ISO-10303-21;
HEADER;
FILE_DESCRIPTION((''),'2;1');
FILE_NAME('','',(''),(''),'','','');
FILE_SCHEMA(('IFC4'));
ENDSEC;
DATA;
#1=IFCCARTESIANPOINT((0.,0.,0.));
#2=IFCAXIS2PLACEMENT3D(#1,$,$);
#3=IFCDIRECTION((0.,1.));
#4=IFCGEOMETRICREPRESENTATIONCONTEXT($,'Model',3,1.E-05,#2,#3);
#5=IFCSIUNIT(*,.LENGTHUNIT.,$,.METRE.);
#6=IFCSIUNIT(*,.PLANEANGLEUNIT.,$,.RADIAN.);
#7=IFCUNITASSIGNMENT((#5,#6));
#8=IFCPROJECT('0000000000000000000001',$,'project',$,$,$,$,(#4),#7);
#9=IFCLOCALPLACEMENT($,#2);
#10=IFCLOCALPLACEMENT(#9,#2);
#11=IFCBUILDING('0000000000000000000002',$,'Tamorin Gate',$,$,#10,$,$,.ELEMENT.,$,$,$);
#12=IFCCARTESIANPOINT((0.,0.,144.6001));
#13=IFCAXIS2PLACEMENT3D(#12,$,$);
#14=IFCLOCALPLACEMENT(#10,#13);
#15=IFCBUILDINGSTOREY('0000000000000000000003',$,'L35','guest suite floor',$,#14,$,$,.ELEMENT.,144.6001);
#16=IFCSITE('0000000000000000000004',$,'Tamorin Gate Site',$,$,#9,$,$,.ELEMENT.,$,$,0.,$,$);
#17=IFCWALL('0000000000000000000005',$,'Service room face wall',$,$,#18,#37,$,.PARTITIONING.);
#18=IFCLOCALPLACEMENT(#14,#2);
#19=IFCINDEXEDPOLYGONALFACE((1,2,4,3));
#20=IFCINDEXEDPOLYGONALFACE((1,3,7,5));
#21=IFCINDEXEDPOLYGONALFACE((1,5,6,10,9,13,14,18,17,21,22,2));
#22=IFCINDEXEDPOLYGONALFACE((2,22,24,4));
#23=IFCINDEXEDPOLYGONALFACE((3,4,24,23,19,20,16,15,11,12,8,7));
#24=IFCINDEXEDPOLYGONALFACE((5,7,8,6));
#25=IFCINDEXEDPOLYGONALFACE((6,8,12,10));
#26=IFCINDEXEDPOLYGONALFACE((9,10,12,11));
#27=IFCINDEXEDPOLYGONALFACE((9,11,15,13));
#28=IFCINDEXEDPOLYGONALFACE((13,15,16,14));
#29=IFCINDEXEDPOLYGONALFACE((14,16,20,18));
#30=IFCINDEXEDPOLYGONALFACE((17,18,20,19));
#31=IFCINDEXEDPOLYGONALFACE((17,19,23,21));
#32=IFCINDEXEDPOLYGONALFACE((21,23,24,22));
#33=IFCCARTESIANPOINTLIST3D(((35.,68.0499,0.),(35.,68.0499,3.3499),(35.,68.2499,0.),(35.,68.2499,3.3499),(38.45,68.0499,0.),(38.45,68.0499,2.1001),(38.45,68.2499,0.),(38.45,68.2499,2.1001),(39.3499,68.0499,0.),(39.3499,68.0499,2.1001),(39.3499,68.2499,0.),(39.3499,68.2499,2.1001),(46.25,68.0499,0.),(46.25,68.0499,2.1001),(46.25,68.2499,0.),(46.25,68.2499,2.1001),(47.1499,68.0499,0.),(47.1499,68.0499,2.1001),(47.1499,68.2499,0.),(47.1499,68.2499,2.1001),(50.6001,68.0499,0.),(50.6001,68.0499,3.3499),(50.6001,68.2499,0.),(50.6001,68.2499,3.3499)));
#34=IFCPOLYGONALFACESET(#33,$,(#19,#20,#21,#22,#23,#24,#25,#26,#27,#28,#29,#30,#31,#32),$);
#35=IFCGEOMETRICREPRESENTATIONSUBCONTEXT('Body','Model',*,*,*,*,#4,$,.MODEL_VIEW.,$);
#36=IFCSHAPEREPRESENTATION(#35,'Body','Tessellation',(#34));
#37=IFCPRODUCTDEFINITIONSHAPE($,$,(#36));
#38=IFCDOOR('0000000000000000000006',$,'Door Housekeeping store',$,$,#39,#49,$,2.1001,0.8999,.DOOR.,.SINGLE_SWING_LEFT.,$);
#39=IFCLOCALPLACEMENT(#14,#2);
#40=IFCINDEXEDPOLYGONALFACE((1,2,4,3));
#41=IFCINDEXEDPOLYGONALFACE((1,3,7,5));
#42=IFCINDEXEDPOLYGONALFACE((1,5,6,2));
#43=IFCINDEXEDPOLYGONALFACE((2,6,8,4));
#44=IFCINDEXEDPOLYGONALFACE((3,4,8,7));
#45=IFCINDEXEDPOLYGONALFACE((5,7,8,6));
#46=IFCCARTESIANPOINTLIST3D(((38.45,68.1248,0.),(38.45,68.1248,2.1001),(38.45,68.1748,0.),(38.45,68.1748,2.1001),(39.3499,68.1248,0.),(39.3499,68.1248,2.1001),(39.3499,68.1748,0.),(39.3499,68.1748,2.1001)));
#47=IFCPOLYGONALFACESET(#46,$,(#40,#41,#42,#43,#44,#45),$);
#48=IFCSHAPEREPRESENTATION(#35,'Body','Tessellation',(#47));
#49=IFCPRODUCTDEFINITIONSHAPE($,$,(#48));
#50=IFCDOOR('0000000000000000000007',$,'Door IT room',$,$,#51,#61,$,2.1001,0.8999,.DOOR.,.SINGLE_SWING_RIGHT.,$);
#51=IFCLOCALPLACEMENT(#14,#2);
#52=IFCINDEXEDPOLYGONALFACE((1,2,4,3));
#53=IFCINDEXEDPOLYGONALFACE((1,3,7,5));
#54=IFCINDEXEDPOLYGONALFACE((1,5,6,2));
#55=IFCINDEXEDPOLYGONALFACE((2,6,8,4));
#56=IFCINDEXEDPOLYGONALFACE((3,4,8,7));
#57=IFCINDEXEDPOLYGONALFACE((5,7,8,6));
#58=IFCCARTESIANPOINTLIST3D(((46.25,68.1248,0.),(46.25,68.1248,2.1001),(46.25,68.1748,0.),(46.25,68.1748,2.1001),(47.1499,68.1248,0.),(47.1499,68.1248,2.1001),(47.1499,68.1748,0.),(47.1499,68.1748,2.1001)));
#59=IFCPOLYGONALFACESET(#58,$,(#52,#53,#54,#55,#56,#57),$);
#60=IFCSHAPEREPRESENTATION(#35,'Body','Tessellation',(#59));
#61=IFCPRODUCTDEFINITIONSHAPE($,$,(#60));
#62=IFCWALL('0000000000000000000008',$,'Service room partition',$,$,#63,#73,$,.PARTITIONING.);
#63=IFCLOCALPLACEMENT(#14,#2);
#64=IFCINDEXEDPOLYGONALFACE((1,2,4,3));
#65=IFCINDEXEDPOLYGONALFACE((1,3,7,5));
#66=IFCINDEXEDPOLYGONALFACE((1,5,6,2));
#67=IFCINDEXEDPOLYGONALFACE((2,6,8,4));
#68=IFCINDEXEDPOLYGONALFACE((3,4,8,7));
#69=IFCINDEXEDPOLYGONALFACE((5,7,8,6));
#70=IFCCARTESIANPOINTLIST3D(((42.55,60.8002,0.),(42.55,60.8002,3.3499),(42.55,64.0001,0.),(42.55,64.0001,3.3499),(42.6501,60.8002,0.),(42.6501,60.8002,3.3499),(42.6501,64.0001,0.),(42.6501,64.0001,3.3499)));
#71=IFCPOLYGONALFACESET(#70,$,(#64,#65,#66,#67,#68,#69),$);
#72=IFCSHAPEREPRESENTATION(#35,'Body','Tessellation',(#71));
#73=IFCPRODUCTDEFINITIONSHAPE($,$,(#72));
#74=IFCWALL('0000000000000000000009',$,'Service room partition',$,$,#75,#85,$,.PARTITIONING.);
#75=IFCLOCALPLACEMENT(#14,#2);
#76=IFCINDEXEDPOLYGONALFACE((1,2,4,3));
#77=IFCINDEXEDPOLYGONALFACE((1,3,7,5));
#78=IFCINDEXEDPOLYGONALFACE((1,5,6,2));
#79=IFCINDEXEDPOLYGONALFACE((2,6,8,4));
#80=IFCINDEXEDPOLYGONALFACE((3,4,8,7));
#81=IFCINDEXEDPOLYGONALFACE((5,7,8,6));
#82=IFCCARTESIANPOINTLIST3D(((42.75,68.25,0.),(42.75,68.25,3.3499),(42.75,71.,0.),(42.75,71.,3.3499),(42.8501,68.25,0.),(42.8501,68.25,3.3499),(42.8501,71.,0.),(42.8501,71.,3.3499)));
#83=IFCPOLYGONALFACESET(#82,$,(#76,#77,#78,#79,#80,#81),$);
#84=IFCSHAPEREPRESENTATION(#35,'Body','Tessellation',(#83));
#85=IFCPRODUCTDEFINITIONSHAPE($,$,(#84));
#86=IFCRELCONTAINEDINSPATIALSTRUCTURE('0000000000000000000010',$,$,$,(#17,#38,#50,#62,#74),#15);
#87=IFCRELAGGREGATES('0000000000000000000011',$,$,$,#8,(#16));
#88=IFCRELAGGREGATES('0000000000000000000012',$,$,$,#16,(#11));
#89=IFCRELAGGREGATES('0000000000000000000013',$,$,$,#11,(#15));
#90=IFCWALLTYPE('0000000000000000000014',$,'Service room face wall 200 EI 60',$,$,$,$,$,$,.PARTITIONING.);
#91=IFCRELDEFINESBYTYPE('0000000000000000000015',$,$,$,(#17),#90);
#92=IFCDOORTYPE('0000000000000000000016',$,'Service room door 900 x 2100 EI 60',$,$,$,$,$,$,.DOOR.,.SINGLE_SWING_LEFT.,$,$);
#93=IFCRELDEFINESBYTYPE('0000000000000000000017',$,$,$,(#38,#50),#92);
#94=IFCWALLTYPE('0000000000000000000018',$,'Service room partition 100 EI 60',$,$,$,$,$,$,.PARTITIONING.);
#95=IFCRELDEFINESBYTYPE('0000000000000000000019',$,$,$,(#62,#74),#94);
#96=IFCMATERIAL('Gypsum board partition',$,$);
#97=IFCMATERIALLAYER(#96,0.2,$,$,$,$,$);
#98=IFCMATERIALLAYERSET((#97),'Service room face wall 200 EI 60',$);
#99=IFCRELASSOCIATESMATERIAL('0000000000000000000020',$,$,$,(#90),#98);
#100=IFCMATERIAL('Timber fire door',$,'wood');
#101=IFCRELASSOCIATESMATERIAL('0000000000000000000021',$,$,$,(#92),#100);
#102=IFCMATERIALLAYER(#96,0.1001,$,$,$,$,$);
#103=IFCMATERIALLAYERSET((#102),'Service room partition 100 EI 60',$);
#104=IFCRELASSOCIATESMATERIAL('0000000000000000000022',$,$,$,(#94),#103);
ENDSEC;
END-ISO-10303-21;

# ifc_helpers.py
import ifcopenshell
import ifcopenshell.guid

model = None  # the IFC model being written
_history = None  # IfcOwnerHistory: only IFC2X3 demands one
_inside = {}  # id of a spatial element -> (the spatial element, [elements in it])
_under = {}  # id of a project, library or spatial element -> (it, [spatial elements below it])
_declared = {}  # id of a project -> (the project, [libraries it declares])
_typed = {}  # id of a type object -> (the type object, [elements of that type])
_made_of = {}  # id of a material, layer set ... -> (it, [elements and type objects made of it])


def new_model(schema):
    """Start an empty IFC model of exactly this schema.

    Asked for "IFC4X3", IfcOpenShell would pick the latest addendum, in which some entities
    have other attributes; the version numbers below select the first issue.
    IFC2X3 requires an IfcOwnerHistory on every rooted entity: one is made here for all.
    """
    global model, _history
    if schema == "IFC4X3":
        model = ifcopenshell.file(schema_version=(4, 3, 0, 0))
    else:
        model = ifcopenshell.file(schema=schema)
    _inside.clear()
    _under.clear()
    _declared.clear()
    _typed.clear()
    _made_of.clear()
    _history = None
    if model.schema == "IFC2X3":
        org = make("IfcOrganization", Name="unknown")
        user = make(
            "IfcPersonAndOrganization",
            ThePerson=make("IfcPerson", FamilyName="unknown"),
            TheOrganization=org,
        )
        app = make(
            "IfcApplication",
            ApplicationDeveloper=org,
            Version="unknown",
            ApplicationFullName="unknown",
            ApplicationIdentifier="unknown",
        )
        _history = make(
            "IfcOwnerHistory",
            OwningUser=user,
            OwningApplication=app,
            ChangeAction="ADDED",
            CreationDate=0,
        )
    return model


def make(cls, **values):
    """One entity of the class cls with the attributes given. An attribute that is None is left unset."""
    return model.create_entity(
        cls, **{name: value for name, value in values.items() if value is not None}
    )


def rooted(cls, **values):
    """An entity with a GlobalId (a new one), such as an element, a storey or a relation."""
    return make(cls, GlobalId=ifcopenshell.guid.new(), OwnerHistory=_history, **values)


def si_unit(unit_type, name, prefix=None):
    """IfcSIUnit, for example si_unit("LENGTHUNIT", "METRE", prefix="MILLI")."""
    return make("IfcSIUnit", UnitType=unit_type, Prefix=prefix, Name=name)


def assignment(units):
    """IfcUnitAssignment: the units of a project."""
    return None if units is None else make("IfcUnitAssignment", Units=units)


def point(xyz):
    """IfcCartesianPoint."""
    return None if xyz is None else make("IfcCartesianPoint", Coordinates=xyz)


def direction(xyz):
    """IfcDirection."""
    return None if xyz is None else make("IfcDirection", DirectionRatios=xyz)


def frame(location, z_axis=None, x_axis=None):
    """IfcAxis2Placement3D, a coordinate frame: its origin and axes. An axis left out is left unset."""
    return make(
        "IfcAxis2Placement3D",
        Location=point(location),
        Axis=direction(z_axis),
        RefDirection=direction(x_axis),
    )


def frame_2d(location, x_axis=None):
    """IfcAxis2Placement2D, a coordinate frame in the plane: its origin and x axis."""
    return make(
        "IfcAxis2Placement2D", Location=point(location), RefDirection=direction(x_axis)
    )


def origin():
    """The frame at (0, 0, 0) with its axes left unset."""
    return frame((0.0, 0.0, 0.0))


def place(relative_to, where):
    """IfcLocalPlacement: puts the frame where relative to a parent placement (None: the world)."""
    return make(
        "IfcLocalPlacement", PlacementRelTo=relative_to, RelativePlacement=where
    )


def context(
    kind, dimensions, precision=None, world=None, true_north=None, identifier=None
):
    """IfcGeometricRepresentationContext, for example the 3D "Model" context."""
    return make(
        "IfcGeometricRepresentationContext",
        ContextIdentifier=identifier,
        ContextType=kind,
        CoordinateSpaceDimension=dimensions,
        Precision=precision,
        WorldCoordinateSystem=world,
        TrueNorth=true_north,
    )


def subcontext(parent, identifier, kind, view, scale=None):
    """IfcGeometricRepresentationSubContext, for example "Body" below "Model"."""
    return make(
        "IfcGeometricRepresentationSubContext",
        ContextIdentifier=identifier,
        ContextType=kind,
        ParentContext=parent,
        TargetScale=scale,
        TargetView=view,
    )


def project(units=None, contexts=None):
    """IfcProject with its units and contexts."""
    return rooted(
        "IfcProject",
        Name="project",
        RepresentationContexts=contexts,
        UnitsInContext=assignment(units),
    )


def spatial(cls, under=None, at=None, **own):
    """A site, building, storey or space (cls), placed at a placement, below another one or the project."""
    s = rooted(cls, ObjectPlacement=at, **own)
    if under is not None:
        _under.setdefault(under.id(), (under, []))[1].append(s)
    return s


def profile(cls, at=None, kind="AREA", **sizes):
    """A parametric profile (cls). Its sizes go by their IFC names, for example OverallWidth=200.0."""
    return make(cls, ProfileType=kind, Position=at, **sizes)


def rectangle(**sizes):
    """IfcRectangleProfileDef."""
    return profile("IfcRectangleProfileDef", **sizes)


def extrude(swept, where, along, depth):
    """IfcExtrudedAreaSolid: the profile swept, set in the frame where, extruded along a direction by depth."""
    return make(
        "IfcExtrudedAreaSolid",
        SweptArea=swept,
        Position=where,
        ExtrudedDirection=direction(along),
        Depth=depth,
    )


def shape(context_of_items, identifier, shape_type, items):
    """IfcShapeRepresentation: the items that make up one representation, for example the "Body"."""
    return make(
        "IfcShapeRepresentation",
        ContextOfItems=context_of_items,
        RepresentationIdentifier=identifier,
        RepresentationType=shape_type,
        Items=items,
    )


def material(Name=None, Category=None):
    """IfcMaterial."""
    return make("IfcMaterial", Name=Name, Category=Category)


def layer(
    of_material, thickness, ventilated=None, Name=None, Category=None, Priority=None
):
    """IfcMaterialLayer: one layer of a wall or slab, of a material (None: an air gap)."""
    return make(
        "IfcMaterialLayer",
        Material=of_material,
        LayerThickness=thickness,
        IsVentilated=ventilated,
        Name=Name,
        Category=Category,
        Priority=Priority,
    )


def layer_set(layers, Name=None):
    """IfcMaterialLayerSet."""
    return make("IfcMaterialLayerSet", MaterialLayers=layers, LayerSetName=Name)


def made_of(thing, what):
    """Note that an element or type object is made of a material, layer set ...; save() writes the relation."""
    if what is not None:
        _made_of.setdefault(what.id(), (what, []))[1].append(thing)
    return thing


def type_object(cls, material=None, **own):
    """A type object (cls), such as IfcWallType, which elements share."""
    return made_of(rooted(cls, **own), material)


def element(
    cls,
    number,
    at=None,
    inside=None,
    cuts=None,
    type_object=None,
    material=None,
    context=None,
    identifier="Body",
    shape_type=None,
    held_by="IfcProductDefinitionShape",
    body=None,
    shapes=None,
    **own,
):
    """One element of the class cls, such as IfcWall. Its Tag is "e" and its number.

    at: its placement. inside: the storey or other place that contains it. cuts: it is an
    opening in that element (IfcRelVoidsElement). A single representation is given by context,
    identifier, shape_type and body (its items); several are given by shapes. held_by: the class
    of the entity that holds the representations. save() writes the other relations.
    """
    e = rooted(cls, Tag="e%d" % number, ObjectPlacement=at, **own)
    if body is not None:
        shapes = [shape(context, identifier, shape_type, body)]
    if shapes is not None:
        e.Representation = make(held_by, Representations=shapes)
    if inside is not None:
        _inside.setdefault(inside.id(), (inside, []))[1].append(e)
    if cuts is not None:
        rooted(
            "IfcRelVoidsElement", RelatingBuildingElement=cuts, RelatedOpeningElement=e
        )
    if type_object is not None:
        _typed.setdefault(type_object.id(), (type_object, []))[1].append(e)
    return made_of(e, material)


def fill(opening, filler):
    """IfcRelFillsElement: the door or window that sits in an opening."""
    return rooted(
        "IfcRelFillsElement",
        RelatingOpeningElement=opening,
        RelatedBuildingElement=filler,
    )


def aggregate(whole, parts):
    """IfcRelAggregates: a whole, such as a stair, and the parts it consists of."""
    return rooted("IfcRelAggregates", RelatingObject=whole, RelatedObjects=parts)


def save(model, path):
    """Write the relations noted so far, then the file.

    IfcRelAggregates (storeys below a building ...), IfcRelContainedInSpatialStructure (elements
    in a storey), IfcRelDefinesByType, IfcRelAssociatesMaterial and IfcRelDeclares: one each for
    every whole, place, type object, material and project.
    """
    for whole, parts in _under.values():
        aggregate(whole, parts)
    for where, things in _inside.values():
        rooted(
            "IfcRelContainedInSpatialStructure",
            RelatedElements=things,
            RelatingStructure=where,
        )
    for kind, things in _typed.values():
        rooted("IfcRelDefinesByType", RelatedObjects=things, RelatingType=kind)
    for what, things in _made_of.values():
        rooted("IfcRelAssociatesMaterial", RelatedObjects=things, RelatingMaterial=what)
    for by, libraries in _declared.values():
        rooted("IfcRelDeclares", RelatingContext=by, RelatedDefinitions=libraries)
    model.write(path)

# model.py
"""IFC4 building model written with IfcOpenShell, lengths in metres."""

from ifc_helpers import new_model, si_unit, direction, frame, frame_2d, origin, place, context, subcontext, project, spatial, rectangle, extrude, material, layer, layer_set, type_object, element, fill, save


model = new_model("IFC4")

# Units and contexts
model_context = context("Model", 3, precision=1e-05, world=origin(), true_north=direction((0.0, 1.0)))
body_context = subcontext(model_context, "Body", "Model", "MODEL_VIEW")
ifc_project = project(units=[si_unit("LENGTHUNIT", "METRE"), si_unit("PLANEANGLEUNIT", "RADIAN")], contexts=[model_context])

# Site, building, storey
site_placement = place(None, origin())
site = spatial("IfcSite", under=ifc_project, at=site_placement, Name="Tamorin Gate Site", CompositionType="ELEMENT", RefElevation=0.0)
building_placement = place(site_placement, origin())
building = spatial("IfcBuilding", under=site, at=building_placement, Name="Tamorin Gate", CompositionType="ELEMENT")
storey_placement = place(building_placement, frame((0.0, 0.0, 144.6001)))
storey = spatial("IfcBuildingStorey", under=building, at=storey_placement, Name="L35", Description="guest suite floor", CompositionType="ELEMENT", Elevation=144.6001)

# Wall, openings, doors
ifc_material_1 = material(Name="Gypsum board partition")
ifc_layer_1 = layer(ifc_material_1, 0.2)
ifc_layer_set_1 = layer_set([ifc_layer_1], Name="Service room face wall 200 EI 60")
wall_type_1 = type_object("IfcWallType", Name="Service room face wall 200 EI 60", PredefinedType="PARTITIONING", material=ifc_layer_set_1)
wall_1_placement = place(storey_placement, frame((35.0, 68.1499, 0.0), z_axis=(0.0, 0.0, 1.0), x_axis=(1.0, 0.0, 0.0)))
wall_1 = element("IfcWall", 1, at=wall_1_placement, inside=storey, type_object=wall_type_1, Name="Service room face wall", PredefinedType="PARTITIONING", context=body_context, shape_type="SweptSolid", body=[
    extrude(rectangle(XDim=15.6001, YDim=0.2, at=frame_2d((7.8, 0.0))), origin(), (0.0, 0.0, 1.0), 3.3499),
])
opening_1_placement = place(wall_1_placement, frame((3.45, 0.0, 0.0)))
opening_1 = element("IfcOpeningElement", 2, at=opening_1_placement, cuts=wall_1, PredefinedType="OPENING", context=body_context, shape_type="SweptSolid", body=[
    extrude(rectangle(XDim=0.8999, YDim=2.1001, at=frame_2d((0.45, 1.05))), frame((0.0, 0.1099, 0.0), z_axis=(0.0, -1.0, 0.0), x_axis=(1.0, 0.0, 0.0)), (0.0, 0.0, 1.0), 0.22),
])
opening_2_placement = place(wall_1_placement, frame((11.25, 0.0, 0.0)))
opening_2 = element("IfcOpeningElement", 3, at=opening_2_placement, cuts=wall_1, PredefinedType="OPENING", context=body_context, shape_type="SweptSolid", body=[
    extrude(rectangle(XDim=0.8999, YDim=2.1001, at=frame_2d((0.45, 1.05))), frame((0.0, 0.1099, 0.0), z_axis=(0.0, -1.0, 0.0), x_axis=(1.0, 0.0, 0.0)), (0.0, 0.0, 1.0), 0.22),
])
ifc_material_2 = material(Name="Timber fire door", Category="wood")
door_type_1 = type_object("IfcDoorType", Name="Service room door 900 x 2100 EI 60", OperationType="SINGLE_SWING_LEFT", PredefinedType="DOOR", material=ifc_material_2)
door_1_placement = place(opening_1_placement, origin())
door_1 = element("IfcDoor", 4, at=door_1_placement, inside=storey, type_object=door_type_1, Name="Door Housekeeping store", OperationType="SINGLE_SWING_LEFT", OverallHeight=2.1001, OverallWidth=0.8999, PredefinedType="DOOR", context=body_context, shape_type="SweptSolid", body=[
    extrude(rectangle(XDim=0.8999, YDim=2.1001, at=frame_2d((0.45, 1.05))), frame((0.0, 0.0249, 0.0), z_axis=(0.0, -1.0, 0.0), x_axis=(1.0, 0.0, 0.0)), (0.0, 0.0, 1.0), 0.05),
])
fill(opening_1, door_1)
door_2_placement = place(opening_2_placement, origin())
door_2 = element("IfcDoor", 5, at=door_2_placement, inside=storey, type_object=door_type_1, Name="Door IT room", OperationType="SINGLE_SWING_RIGHT", OverallHeight=2.1001, OverallWidth=0.8999, PredefinedType="DOOR", context=body_context, shape_type="SweptSolid", body=[
    extrude(rectangle(XDim=0.8999, YDim=2.1001, at=frame_2d((0.45, 1.05))), frame((0.0, 0.0249, 0.0), z_axis=(0.0, -1.0, 0.0), x_axis=(1.0, 0.0, 0.0)), (0.0, 0.0, 1.0), 0.05),
])
fill(opening_2, door_2)

# Walls
ifc_layer_2 = layer(ifc_material_1, 0.1001)
ifc_layer_set_2 = layer_set([ifc_layer_2], Name="Service room partition 100 EI 60")
wall_type_2 = type_object("IfcWallType", Name="Service room partition 100 EI 60", PredefinedType="PARTITIONING", material=ifc_layer_set_2)
wall_2_placement = place(storey_placement, frame((42.6001, 60.8, 0.0), z_axis=(0.0, 0.0, 1.0), x_axis=(0.0, 1.0, 0.0)))
element("IfcWall", 6, at=wall_2_placement, inside=storey, type_object=wall_type_2, Name="Service room partition", PredefinedType="PARTITIONING", context=body_context, shape_type="SweptSolid", body=[
    extrude(rectangle(XDim=3.2, YDim=0.1001, at=frame_2d((1.6001, 0.0))), origin(), (0.0, 0.0, 1.0), 3.3499),
])
wall_3_placement = place(storey_placement, frame((42.8, 68.25, 0.0), z_axis=(0.0, 0.0, 1.0), x_axis=(0.0, 1.0, 0.0)))
element("IfcWall", 7, at=wall_3_placement, inside=storey, type_object=wall_type_2, Name="Service room partition", PredefinedType="PARTITIONING", context=body_context, shape_type="SweptSolid", body=[
    extrude(rectangle(XDim=2.75, YDim=0.1001, at=frame_2d((1.375, 0.0))), origin(), (0.0, 0.0, 1.0), 3.3499),
])

save(model, "model.ifc")
